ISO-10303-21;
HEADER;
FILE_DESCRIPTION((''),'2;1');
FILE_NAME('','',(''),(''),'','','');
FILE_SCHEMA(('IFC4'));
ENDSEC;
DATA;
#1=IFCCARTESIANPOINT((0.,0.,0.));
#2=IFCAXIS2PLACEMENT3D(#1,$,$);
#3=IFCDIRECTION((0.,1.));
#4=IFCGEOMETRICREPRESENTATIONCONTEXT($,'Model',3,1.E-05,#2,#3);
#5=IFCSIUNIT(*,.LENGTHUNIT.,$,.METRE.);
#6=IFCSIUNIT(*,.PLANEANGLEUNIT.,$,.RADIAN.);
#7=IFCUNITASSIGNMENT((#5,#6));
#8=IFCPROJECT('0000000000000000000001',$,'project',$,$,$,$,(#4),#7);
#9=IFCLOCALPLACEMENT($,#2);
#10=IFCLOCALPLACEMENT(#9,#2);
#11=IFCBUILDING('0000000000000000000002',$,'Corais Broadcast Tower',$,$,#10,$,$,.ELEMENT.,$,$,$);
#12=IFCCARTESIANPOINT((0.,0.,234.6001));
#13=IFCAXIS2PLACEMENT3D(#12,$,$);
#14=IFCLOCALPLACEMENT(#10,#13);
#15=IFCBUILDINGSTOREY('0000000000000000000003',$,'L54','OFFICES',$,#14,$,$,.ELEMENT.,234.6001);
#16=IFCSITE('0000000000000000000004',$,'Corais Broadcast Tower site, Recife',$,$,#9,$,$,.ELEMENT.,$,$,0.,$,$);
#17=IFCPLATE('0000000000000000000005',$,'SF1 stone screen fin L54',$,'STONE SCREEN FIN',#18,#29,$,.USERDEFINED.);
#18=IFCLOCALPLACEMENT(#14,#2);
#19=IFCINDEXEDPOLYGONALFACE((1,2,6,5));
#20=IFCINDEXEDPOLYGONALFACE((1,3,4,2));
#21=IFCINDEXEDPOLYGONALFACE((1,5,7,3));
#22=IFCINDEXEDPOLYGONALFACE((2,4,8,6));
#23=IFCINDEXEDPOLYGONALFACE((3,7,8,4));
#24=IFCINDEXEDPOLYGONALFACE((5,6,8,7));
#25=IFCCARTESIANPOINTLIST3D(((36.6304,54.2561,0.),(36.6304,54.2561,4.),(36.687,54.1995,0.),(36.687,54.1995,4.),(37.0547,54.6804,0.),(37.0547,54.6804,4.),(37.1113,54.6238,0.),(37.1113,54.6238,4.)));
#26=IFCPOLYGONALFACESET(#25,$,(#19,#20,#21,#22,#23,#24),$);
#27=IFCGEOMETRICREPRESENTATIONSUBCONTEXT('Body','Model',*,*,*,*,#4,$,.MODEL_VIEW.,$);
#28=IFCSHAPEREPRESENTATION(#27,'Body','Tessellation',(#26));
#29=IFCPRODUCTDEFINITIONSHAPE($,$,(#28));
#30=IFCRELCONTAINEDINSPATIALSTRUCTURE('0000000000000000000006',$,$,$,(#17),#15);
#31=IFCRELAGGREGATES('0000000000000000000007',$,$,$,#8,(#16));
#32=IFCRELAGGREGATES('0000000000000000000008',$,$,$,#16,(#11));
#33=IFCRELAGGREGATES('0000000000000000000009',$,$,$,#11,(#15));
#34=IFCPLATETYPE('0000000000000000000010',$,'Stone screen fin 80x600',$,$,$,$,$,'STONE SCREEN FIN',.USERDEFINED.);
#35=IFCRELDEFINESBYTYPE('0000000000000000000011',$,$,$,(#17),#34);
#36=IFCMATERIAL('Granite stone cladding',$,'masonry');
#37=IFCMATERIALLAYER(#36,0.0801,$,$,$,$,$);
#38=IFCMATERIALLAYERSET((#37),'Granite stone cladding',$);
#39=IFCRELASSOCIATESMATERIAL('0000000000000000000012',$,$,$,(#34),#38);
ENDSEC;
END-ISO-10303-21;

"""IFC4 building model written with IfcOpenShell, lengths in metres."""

from ifc_helpers import new_model, si_unit, direction, frame, origin, origin_2d, place, context, subcontext, project, spatial, rectangle, extrude, material, layer, layer_set, type_object, element, save


model = new_model("IFC4")

# Units and contexts
model_context = context("Model", 3, precision=1e-05, world=origin(), true_north=direction((0.0, 1.0)))
body_context = subcontext(model_context, "Body", "Model", "MODEL_VIEW")
ifc_project = project(units=[si_unit("LENGTHUNIT", "METRE"), si_unit("PLANEANGLEUNIT", "RADIAN")], contexts=[model_context])

# Site, building, storey
site_placement = place(None, origin())
site = spatial("IfcSite", under=ifc_project, at=site_placement, Name="Corais Broadcast Tower site, Recife", CompositionType="ELEMENT", RefElevation=0.0)
building_placement = place(site_placement, origin())
building = spatial("IfcBuilding", under=site, at=building_placement, Name="Corais Broadcast Tower", CompositionType="ELEMENT")
storey_placement = place(building_placement, frame((0.0, 0.0, 234.6001)))
storey = spatial("IfcBuildingStorey", under=building, at=storey_placement, Name="L54", Description="OFFICES", CompositionType="ELEMENT", Elevation=234.6001)

# Plate
ifc_material_1 = material(Name="Granite stone cladding", Category="masonry")
ifc_layer_1 = layer(ifc_material_1, 0.0801)
ifc_layer_set_1 = layer_set([ifc_layer_1], Name="Granite stone cladding")
plate_type_1 = type_object("IfcPlateType", Name="Stone screen fin 80x600", ElementType="STONE SCREEN FIN", PredefinedType="USERDEFINED", material=ifc_layer_set_1)
plate_1_placement = place(storey_placement, frame((36.8708, 54.4399, 0.0), z_axis=(0.0, 0.0, 1.0), x_axis=(0.707107, -0.707107, 0.0)))
element("IfcPlate", 1, at=plate_1_placement, inside=storey, type_object=plate_type_1, Name="SF1 stone screen fin L54", ObjectType="STONE SCREEN FIN", PredefinedType="USERDEFINED", context=body_context, shape_type="SweptSolid", body=[
    extrude(rectangle(XDim=0.0801, YDim=0.6001, at=origin_2d()), origin(), (0.0, 0.0, 1.0), 4.0),
])

save(model, "model.ifc")
